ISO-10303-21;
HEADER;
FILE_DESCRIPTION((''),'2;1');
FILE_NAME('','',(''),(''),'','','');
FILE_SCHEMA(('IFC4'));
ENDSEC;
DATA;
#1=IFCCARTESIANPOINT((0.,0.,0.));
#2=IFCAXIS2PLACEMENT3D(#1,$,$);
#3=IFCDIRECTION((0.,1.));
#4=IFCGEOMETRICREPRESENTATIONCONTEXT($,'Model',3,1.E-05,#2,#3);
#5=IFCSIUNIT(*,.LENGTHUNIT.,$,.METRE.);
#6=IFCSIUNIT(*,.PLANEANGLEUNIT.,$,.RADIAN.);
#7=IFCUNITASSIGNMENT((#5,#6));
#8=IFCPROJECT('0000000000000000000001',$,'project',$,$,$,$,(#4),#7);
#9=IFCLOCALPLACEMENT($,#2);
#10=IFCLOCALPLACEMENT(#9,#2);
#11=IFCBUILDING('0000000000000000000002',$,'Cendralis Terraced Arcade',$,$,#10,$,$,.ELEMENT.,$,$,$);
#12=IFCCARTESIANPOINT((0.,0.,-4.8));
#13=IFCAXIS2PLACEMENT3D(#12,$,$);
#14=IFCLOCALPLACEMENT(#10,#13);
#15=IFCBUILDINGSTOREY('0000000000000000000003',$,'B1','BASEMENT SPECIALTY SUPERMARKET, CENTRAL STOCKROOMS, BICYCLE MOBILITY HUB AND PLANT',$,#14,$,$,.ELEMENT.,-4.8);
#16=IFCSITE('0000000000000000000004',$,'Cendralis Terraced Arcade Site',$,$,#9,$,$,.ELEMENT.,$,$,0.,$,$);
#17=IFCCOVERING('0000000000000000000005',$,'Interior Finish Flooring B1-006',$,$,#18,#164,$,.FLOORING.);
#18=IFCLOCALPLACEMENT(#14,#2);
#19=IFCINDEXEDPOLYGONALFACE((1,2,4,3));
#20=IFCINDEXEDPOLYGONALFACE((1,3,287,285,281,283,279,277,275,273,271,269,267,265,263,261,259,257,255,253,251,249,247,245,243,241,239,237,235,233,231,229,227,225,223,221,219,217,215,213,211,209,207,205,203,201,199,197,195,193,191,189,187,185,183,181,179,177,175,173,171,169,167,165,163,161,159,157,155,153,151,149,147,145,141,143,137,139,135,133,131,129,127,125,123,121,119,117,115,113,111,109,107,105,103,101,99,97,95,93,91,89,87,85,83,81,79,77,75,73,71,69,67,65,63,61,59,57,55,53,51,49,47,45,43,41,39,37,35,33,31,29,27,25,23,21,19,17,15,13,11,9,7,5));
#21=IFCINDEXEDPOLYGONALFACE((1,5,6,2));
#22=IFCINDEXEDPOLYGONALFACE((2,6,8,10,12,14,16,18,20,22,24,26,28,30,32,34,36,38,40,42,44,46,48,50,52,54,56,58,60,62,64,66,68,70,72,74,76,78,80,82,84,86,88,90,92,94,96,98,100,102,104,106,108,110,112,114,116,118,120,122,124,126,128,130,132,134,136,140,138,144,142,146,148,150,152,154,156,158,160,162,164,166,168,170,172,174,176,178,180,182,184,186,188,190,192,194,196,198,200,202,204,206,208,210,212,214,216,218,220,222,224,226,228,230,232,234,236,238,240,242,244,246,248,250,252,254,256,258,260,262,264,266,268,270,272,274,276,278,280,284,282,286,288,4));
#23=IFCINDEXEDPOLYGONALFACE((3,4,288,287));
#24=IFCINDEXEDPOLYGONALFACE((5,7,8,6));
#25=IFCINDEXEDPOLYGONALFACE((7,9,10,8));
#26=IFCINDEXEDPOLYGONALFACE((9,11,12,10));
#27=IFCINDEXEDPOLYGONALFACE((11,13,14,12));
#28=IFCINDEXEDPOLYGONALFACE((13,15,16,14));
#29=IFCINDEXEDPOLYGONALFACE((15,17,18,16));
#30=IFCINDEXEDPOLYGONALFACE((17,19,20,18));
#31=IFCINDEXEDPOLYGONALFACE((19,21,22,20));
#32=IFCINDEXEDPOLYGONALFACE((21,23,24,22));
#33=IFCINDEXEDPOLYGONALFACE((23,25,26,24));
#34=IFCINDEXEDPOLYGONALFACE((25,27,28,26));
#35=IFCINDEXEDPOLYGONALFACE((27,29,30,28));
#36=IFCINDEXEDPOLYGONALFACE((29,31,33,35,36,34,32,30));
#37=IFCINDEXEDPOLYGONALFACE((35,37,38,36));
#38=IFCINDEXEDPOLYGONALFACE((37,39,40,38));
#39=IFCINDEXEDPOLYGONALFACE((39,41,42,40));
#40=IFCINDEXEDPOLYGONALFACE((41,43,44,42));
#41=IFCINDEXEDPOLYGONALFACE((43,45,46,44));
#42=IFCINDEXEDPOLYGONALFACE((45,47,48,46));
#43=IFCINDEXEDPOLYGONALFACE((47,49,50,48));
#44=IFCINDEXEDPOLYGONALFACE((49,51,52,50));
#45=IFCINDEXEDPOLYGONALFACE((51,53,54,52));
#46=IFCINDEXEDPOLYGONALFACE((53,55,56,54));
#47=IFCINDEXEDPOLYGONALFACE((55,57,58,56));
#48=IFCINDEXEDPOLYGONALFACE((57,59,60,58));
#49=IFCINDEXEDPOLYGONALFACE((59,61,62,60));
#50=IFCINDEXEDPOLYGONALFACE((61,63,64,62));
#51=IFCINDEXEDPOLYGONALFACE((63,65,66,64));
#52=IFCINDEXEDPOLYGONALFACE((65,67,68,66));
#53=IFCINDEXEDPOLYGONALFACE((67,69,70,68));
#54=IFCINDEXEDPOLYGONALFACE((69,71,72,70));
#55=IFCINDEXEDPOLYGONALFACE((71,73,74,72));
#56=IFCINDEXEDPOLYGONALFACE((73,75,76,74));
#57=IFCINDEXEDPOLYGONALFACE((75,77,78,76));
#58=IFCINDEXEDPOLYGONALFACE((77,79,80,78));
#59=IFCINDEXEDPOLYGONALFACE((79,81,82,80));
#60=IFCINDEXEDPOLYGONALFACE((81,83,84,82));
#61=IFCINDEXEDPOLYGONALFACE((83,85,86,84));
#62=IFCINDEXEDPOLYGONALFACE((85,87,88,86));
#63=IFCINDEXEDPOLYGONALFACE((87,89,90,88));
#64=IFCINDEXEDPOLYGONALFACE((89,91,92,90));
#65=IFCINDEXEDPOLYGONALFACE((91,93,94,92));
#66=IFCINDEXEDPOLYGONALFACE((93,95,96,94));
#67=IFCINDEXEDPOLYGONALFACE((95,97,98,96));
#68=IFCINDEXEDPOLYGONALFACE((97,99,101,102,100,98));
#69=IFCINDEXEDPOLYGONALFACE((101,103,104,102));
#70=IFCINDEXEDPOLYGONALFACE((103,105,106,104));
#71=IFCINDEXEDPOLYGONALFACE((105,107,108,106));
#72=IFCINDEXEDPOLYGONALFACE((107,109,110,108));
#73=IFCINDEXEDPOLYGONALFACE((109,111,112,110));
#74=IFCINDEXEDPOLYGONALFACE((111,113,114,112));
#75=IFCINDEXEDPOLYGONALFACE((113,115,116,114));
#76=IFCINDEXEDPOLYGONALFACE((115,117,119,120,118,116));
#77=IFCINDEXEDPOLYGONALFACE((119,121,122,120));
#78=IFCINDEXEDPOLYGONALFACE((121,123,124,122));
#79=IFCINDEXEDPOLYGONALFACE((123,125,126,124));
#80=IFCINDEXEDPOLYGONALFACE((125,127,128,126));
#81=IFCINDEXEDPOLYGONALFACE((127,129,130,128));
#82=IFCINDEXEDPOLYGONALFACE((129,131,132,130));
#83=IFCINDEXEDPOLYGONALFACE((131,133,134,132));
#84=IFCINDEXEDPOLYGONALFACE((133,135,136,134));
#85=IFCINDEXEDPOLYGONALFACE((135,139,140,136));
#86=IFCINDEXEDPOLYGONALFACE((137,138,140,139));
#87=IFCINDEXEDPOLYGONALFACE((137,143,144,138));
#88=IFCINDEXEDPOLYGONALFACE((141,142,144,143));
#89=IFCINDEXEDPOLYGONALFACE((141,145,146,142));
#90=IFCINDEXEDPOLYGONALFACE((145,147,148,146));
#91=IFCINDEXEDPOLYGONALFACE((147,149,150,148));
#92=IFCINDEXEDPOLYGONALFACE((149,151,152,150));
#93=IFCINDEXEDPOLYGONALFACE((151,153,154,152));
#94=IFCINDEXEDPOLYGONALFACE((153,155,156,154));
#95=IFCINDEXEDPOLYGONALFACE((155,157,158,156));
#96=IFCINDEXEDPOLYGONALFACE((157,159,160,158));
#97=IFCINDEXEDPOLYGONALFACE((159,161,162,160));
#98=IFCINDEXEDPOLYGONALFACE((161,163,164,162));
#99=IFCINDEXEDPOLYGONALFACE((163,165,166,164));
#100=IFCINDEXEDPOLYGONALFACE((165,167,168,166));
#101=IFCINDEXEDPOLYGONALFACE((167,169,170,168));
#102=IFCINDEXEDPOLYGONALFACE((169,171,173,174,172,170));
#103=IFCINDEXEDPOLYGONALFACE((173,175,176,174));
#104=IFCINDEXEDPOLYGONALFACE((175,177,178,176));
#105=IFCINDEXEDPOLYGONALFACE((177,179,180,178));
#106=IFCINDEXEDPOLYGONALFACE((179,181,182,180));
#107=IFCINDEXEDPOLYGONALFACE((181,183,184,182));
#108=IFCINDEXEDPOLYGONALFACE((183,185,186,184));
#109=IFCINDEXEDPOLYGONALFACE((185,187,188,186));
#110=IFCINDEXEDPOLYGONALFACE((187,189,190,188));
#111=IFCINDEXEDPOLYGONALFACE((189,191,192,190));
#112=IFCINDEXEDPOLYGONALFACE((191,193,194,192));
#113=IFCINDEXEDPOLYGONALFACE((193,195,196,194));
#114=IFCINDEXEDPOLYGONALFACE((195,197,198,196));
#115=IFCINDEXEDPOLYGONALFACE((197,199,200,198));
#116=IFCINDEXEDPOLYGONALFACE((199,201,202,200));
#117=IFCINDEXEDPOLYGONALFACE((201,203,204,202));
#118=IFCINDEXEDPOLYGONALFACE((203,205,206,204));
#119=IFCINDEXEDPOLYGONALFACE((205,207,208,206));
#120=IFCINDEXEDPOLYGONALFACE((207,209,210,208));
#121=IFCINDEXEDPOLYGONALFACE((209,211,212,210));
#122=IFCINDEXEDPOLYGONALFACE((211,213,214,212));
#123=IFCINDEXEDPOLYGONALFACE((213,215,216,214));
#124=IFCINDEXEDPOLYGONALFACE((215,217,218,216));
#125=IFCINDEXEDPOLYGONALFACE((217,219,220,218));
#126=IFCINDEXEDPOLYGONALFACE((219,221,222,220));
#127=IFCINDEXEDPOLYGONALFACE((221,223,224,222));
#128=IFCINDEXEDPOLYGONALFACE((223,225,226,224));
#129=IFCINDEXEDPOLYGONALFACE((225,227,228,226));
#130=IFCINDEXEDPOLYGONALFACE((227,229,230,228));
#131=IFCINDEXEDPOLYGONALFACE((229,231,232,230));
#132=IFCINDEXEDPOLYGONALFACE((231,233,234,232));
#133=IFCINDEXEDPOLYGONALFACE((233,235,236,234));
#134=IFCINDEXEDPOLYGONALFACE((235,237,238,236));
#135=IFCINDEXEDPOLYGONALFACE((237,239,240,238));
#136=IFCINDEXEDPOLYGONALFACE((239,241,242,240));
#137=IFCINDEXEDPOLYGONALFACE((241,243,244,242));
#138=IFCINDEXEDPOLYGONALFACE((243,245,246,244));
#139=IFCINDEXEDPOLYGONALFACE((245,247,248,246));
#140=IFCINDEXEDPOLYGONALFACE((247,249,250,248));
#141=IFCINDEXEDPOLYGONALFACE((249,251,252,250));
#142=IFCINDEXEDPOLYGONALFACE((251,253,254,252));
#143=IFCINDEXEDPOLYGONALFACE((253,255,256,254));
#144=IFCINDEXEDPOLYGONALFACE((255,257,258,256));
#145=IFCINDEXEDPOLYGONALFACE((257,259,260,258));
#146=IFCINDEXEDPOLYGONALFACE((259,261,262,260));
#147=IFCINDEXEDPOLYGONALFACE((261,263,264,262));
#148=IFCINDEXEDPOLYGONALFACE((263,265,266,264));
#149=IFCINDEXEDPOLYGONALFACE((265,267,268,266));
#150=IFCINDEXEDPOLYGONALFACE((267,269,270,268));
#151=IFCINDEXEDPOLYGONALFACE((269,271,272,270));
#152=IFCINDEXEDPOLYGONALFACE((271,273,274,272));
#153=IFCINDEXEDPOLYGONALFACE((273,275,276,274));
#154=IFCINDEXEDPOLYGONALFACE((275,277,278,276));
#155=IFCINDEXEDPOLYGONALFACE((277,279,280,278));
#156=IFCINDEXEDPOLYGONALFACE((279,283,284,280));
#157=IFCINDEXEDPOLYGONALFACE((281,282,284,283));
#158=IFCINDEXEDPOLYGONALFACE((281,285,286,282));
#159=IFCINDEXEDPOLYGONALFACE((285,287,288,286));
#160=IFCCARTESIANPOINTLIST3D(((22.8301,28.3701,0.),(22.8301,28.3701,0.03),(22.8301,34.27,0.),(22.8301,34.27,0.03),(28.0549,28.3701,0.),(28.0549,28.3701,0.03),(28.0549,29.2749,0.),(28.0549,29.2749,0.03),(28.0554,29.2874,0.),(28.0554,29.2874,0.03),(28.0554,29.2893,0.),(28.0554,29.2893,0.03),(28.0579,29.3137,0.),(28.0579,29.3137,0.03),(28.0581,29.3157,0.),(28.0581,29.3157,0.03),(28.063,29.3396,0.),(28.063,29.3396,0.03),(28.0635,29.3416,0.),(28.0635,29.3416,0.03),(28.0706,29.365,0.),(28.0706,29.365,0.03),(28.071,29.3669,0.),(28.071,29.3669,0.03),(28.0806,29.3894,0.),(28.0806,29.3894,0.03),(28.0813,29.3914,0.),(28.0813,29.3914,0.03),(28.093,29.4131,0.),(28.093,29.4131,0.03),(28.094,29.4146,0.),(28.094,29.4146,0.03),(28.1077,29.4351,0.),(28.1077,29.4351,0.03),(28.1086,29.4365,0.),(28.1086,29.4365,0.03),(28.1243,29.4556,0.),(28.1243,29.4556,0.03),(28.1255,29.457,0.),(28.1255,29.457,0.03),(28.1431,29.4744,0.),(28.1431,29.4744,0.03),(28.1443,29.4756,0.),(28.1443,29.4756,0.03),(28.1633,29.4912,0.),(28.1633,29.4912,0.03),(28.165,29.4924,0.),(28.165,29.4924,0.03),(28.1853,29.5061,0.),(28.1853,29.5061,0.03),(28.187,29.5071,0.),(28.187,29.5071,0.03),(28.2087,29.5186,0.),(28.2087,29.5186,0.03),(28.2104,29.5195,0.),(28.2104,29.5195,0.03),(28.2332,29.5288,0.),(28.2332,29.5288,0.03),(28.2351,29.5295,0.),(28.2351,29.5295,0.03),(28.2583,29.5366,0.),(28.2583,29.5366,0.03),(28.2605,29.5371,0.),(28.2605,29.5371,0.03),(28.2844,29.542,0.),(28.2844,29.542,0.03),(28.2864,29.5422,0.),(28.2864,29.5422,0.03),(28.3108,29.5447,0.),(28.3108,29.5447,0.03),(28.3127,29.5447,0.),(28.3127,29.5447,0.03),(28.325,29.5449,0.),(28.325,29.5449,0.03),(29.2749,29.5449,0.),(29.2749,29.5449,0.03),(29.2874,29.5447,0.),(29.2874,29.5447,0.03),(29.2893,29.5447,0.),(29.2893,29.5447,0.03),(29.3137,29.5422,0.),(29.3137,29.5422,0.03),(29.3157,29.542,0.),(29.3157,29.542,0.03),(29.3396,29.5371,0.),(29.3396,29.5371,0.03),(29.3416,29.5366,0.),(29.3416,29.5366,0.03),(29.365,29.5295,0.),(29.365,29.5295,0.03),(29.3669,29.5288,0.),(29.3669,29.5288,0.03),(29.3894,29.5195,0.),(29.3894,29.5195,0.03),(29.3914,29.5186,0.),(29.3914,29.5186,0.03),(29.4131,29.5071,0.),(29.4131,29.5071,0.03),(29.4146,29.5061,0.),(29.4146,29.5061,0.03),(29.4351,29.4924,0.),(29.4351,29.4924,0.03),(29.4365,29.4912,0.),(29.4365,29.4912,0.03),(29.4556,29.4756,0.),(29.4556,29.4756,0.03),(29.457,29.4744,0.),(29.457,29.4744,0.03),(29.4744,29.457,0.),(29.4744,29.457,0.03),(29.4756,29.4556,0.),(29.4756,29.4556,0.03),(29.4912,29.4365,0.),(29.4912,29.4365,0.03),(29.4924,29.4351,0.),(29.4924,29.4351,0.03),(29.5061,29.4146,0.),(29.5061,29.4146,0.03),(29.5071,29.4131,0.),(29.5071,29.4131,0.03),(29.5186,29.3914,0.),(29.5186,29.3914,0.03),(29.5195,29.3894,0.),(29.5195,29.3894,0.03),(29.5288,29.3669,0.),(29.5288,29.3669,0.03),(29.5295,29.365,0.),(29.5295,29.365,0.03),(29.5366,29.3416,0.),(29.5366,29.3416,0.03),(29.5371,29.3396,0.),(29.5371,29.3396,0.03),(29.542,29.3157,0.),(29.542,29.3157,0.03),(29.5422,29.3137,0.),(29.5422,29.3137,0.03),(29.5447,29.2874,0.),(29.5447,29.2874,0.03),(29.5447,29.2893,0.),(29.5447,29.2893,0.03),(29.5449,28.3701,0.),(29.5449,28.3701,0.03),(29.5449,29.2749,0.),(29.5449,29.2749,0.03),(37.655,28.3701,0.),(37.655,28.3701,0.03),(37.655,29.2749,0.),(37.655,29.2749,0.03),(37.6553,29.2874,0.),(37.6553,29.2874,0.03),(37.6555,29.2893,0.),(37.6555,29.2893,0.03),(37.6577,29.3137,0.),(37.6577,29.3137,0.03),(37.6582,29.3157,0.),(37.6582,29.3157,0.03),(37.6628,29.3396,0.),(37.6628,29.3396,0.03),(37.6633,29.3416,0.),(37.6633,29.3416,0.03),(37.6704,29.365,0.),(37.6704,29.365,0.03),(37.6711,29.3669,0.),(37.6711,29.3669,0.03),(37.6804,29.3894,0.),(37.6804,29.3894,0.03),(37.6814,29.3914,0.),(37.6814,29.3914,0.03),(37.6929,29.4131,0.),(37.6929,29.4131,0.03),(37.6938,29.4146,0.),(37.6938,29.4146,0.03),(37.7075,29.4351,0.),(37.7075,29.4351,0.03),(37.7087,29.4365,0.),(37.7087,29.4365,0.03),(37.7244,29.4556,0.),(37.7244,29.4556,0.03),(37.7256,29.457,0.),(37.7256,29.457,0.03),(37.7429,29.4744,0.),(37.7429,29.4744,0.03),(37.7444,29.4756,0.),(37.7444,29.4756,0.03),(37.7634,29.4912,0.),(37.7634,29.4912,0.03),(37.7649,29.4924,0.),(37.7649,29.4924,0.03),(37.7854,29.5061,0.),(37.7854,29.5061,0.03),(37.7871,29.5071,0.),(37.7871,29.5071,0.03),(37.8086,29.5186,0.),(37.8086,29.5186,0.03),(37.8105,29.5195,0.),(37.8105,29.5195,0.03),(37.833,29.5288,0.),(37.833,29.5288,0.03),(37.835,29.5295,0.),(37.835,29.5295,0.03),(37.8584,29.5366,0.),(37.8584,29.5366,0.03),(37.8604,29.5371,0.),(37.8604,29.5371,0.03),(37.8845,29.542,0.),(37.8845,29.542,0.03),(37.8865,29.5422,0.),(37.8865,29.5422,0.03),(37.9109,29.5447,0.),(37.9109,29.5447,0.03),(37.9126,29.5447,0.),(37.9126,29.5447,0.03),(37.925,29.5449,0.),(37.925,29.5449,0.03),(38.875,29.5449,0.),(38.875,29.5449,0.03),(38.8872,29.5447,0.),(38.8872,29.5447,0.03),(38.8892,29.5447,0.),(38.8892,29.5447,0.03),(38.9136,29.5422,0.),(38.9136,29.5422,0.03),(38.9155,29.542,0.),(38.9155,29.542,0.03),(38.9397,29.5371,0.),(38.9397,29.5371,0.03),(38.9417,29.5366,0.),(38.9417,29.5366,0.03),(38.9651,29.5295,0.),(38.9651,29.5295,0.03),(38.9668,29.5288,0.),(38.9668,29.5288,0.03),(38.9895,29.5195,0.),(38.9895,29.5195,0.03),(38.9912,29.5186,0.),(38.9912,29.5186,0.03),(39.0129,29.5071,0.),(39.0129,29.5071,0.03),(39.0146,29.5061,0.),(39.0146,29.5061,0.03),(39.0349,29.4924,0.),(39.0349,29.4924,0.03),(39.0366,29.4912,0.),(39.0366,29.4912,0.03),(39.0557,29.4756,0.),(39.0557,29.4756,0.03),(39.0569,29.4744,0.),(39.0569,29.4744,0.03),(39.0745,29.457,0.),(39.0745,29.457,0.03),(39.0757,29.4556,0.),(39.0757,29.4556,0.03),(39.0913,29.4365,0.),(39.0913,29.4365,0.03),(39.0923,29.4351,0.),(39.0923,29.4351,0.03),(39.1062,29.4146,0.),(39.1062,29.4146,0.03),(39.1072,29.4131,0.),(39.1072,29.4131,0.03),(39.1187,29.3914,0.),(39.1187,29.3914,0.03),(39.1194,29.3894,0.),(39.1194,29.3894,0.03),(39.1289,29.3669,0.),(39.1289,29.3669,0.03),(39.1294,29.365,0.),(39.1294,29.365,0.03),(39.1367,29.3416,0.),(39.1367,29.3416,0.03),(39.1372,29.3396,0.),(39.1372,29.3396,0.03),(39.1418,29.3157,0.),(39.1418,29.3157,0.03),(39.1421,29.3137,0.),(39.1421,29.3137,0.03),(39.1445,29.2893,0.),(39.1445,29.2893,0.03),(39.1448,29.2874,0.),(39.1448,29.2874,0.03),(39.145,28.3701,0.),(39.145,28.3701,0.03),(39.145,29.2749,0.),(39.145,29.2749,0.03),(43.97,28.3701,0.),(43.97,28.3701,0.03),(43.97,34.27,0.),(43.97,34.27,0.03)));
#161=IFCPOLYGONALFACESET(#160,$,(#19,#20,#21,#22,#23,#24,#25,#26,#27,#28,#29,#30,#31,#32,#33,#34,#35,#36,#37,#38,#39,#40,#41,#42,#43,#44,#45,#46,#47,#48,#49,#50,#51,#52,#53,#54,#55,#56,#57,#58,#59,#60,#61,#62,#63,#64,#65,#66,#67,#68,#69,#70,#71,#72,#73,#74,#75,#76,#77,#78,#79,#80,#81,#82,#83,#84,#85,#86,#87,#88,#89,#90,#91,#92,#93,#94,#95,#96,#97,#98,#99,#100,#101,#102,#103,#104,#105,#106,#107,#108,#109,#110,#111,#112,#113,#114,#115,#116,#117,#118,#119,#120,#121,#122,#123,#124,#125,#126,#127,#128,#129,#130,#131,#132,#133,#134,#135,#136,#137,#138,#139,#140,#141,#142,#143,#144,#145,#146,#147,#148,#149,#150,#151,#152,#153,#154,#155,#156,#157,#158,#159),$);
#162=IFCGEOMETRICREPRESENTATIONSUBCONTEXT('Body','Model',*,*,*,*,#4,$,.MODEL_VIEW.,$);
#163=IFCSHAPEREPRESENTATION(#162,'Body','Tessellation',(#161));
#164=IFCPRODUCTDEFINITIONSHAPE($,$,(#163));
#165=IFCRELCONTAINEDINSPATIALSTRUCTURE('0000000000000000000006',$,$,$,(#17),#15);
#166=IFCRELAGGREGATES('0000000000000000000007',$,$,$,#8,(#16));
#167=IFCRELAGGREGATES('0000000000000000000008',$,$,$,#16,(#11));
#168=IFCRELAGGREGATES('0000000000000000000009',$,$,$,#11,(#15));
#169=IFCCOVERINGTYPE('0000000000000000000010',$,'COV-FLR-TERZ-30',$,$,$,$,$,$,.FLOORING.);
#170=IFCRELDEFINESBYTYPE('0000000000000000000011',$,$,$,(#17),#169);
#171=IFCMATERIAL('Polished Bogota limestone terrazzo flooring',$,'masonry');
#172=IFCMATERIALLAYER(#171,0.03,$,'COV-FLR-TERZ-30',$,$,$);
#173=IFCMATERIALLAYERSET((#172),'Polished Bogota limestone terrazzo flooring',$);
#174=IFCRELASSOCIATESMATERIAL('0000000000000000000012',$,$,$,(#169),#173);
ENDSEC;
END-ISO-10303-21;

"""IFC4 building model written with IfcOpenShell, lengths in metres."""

from ifc_helpers import new_model, si_unit, direction, frame, origin, place, context, subcontext, project, spatial, polyline, outline, extrude, material, layer, layer_set, type_object, element, save


model = new_model("IFC4")

# Units and contexts
model_context = context("Model", 3, precision=1e-05, world=origin(), true_north=direction((0.0, 1.0)))
body_context = subcontext(model_context, "Body", "Model", "MODEL_VIEW")
ifc_project = project(units=[si_unit("LENGTHUNIT", "METRE"), si_unit("PLANEANGLEUNIT", "RADIAN")], contexts=[model_context])

# Site, building, storey
site_placement = place(None, origin())
site = spatial("IfcSite", under=ifc_project, at=site_placement, Name="Cendralis Terraced Arcade Site", CompositionType="ELEMENT", RefElevation=0.0)
building_placement = place(site_placement, origin())
building = spatial("IfcBuilding", under=site, at=building_placement, Name="Cendralis Terraced Arcade", CompositionType="ELEMENT")
storey_placement = place(building_placement, frame((0.0, 0.0, -4.8)))
storey = spatial("IfcBuildingStorey", under=building, at=storey_placement, Name="B1", Description="BASEMENT SPECIALTY SUPERMARKET, CENTRAL STOCKROOMS, BICYCLE MOBILITY HUB AND PLANT", CompositionType="ELEMENT", Elevation=-4.8)

# Covering
ifc_material_1 = material(Name="Polished Bogota limestone terrazzo flooring", Category="masonry")
ifc_layer_1 = layer(ifc_material_1, 0.03, Name="COV-FLR-TERZ-30")
ifc_layer_set_1 = layer_set([ifc_layer_1], Name="Polished Bogota limestone terrazzo flooring")
covering_type_1 = type_object("IfcCoveringType", Name="COV-FLR-TERZ-30", PredefinedType="FLOORING", material=ifc_layer_set_1)
covering_1_placement = place(storey_placement, origin())
element("IfcCovering", 1, at=covering_1_placement, inside=storey, type_object=covering_type_1, Name="Interior Finish Flooring B1-006", PredefinedType="FLOORING", context=body_context, shape_type="SweptSolid", body=[
    extrude(outline(polyline([(22.8301, 28.3701), (22.8301, 34.27), (43.97, 34.27), (43.97, 28.3701), (39.145, 28.3701), (39.145, 29.2749), (39.1448, 29.2874), (39.1445, 29.2893), (39.1421, 29.3137), (39.1418, 29.3157), (39.1372, 29.3396), (39.1367, 29.3416), (39.1294, 29.365), (39.1289, 29.3669), (39.1194, 29.3894), (39.1187, 29.3914), (39.1072, 29.4131), (39.1062, 29.4146), (39.0923, 29.4351), (39.0913, 29.4365), (39.0757, 29.4556), (39.0745, 29.457), (39.0569, 29.4744), (39.0557, 29.4756), (39.0366, 29.4912), (39.0349, 29.4924), (39.0146, 29.5061), (39.0129, 29.5071), (38.9912, 29.5186), (38.9895, 29.5195), (38.9668, 29.5288), (38.9651, 29.5295), (38.9417, 29.5366), (38.9397, 29.5371), (38.9155, 29.542), (38.9136, 29.5422), (38.8892, 29.5447), (38.8872, 29.5447), (38.875, 29.5449), (37.925, 29.5449), (37.9126, 29.5447), (37.9109, 29.5447), (37.8865, 29.5422), (37.8845, 29.542), (37.8604, 29.5371), (37.8584, 29.5366), (37.835, 29.5295), (37.833, 29.5288), (37.8105, 29.5195), (37.8086, 29.5186), (37.7871, 29.5071), (37.7854, 29.5061), (37.7649, 29.4924), (37.7634, 29.4912), (37.7444, 29.4756), (37.7429, 29.4744), (37.7256, 29.457), (37.7244, 29.4556), (37.7087, 29.4365), (37.7075, 29.4351), (37.6938, 29.4146), (37.6929, 29.4131), (37.6814, 29.3914), (37.6804, 29.3894), (37.6711, 29.3669), (37.6704, 29.365), (37.6633, 29.3416), (37.6628, 29.3396), (37.6582, 29.3157), (37.6577, 29.3137), (37.6555, 29.2893), (37.6553, 29.2874), (37.655, 29.2749), (37.655, 28.3701), (29.5449, 28.3701), (29.5449, 29.2749), (29.5447, 29.2874), (29.5447, 29.2893), (29.5422, 29.3137), (29.542, 29.3157), (29.5371, 29.3396), (29.5366, 29.3416), (29.5295, 29.365), (29.5288, 29.3669), (29.5195, 29.3894), (29.5186, 29.3914), (29.5071, 29.4131), (29.5061, 29.4146), (29.4924, 29.4351), (29.4912, 29.4365), (29.4756, 29.4556), (29.4744, 29.457), (29.457, 29.4744), (29.4556, 29.4756), (29.4365, 29.4912), (29.4351, 29.4924), (29.4146, 29.5061), (29.4131, 29.5071), (29.3914, 29.5186), (29.3894, 29.5195), (29.3669, 29.5288), (29.365, 29.5295), (29.3416, 29.5366), (29.3396, 29.5371), (29.3157, 29.542), (29.3137, 29.5422), (29.2893, 29.5447), (29.2874, 29.5447), (29.2749, 29.5449), (28.325, 29.5449), (28.3127, 29.5447), (28.3108, 29.5447), (28.2864, 29.5422), (28.2844, 29.542), (28.2605, 29.5371), (28.2583, 29.5366), (28.2351, 29.5295), (28.2332, 29.5288), (28.2104, 29.5195), (28.2087, 29.5186), (28.187, 29.5071), (28.1853, 29.5061), (28.165, 29.4924), (28.1633, 29.4912), (28.1443, 29.4756), (28.1431, 29.4744), (28.1255, 29.457), (28.1243, 29.4556), (28.1086, 29.4365), (28.1077, 29.4351), (28.094, 29.4146), (28.093, 29.4131), (28.0813, 29.3914), (28.0806, 29.3894), (28.071, 29.3669), (28.0706, 29.365), (28.0635, 29.3416), (28.063, 29.3396), (28.0581, 29.3157), (28.0579, 29.3137), (28.0554, 29.2893), (28.0554, 29.2874), (28.0549, 29.2749), (28.0549, 28.3701), (22.8301, 28.3701)])), origin(), (0.0, 0.0, 1.0), 0.03),
])

save(model, "model.ifc")
